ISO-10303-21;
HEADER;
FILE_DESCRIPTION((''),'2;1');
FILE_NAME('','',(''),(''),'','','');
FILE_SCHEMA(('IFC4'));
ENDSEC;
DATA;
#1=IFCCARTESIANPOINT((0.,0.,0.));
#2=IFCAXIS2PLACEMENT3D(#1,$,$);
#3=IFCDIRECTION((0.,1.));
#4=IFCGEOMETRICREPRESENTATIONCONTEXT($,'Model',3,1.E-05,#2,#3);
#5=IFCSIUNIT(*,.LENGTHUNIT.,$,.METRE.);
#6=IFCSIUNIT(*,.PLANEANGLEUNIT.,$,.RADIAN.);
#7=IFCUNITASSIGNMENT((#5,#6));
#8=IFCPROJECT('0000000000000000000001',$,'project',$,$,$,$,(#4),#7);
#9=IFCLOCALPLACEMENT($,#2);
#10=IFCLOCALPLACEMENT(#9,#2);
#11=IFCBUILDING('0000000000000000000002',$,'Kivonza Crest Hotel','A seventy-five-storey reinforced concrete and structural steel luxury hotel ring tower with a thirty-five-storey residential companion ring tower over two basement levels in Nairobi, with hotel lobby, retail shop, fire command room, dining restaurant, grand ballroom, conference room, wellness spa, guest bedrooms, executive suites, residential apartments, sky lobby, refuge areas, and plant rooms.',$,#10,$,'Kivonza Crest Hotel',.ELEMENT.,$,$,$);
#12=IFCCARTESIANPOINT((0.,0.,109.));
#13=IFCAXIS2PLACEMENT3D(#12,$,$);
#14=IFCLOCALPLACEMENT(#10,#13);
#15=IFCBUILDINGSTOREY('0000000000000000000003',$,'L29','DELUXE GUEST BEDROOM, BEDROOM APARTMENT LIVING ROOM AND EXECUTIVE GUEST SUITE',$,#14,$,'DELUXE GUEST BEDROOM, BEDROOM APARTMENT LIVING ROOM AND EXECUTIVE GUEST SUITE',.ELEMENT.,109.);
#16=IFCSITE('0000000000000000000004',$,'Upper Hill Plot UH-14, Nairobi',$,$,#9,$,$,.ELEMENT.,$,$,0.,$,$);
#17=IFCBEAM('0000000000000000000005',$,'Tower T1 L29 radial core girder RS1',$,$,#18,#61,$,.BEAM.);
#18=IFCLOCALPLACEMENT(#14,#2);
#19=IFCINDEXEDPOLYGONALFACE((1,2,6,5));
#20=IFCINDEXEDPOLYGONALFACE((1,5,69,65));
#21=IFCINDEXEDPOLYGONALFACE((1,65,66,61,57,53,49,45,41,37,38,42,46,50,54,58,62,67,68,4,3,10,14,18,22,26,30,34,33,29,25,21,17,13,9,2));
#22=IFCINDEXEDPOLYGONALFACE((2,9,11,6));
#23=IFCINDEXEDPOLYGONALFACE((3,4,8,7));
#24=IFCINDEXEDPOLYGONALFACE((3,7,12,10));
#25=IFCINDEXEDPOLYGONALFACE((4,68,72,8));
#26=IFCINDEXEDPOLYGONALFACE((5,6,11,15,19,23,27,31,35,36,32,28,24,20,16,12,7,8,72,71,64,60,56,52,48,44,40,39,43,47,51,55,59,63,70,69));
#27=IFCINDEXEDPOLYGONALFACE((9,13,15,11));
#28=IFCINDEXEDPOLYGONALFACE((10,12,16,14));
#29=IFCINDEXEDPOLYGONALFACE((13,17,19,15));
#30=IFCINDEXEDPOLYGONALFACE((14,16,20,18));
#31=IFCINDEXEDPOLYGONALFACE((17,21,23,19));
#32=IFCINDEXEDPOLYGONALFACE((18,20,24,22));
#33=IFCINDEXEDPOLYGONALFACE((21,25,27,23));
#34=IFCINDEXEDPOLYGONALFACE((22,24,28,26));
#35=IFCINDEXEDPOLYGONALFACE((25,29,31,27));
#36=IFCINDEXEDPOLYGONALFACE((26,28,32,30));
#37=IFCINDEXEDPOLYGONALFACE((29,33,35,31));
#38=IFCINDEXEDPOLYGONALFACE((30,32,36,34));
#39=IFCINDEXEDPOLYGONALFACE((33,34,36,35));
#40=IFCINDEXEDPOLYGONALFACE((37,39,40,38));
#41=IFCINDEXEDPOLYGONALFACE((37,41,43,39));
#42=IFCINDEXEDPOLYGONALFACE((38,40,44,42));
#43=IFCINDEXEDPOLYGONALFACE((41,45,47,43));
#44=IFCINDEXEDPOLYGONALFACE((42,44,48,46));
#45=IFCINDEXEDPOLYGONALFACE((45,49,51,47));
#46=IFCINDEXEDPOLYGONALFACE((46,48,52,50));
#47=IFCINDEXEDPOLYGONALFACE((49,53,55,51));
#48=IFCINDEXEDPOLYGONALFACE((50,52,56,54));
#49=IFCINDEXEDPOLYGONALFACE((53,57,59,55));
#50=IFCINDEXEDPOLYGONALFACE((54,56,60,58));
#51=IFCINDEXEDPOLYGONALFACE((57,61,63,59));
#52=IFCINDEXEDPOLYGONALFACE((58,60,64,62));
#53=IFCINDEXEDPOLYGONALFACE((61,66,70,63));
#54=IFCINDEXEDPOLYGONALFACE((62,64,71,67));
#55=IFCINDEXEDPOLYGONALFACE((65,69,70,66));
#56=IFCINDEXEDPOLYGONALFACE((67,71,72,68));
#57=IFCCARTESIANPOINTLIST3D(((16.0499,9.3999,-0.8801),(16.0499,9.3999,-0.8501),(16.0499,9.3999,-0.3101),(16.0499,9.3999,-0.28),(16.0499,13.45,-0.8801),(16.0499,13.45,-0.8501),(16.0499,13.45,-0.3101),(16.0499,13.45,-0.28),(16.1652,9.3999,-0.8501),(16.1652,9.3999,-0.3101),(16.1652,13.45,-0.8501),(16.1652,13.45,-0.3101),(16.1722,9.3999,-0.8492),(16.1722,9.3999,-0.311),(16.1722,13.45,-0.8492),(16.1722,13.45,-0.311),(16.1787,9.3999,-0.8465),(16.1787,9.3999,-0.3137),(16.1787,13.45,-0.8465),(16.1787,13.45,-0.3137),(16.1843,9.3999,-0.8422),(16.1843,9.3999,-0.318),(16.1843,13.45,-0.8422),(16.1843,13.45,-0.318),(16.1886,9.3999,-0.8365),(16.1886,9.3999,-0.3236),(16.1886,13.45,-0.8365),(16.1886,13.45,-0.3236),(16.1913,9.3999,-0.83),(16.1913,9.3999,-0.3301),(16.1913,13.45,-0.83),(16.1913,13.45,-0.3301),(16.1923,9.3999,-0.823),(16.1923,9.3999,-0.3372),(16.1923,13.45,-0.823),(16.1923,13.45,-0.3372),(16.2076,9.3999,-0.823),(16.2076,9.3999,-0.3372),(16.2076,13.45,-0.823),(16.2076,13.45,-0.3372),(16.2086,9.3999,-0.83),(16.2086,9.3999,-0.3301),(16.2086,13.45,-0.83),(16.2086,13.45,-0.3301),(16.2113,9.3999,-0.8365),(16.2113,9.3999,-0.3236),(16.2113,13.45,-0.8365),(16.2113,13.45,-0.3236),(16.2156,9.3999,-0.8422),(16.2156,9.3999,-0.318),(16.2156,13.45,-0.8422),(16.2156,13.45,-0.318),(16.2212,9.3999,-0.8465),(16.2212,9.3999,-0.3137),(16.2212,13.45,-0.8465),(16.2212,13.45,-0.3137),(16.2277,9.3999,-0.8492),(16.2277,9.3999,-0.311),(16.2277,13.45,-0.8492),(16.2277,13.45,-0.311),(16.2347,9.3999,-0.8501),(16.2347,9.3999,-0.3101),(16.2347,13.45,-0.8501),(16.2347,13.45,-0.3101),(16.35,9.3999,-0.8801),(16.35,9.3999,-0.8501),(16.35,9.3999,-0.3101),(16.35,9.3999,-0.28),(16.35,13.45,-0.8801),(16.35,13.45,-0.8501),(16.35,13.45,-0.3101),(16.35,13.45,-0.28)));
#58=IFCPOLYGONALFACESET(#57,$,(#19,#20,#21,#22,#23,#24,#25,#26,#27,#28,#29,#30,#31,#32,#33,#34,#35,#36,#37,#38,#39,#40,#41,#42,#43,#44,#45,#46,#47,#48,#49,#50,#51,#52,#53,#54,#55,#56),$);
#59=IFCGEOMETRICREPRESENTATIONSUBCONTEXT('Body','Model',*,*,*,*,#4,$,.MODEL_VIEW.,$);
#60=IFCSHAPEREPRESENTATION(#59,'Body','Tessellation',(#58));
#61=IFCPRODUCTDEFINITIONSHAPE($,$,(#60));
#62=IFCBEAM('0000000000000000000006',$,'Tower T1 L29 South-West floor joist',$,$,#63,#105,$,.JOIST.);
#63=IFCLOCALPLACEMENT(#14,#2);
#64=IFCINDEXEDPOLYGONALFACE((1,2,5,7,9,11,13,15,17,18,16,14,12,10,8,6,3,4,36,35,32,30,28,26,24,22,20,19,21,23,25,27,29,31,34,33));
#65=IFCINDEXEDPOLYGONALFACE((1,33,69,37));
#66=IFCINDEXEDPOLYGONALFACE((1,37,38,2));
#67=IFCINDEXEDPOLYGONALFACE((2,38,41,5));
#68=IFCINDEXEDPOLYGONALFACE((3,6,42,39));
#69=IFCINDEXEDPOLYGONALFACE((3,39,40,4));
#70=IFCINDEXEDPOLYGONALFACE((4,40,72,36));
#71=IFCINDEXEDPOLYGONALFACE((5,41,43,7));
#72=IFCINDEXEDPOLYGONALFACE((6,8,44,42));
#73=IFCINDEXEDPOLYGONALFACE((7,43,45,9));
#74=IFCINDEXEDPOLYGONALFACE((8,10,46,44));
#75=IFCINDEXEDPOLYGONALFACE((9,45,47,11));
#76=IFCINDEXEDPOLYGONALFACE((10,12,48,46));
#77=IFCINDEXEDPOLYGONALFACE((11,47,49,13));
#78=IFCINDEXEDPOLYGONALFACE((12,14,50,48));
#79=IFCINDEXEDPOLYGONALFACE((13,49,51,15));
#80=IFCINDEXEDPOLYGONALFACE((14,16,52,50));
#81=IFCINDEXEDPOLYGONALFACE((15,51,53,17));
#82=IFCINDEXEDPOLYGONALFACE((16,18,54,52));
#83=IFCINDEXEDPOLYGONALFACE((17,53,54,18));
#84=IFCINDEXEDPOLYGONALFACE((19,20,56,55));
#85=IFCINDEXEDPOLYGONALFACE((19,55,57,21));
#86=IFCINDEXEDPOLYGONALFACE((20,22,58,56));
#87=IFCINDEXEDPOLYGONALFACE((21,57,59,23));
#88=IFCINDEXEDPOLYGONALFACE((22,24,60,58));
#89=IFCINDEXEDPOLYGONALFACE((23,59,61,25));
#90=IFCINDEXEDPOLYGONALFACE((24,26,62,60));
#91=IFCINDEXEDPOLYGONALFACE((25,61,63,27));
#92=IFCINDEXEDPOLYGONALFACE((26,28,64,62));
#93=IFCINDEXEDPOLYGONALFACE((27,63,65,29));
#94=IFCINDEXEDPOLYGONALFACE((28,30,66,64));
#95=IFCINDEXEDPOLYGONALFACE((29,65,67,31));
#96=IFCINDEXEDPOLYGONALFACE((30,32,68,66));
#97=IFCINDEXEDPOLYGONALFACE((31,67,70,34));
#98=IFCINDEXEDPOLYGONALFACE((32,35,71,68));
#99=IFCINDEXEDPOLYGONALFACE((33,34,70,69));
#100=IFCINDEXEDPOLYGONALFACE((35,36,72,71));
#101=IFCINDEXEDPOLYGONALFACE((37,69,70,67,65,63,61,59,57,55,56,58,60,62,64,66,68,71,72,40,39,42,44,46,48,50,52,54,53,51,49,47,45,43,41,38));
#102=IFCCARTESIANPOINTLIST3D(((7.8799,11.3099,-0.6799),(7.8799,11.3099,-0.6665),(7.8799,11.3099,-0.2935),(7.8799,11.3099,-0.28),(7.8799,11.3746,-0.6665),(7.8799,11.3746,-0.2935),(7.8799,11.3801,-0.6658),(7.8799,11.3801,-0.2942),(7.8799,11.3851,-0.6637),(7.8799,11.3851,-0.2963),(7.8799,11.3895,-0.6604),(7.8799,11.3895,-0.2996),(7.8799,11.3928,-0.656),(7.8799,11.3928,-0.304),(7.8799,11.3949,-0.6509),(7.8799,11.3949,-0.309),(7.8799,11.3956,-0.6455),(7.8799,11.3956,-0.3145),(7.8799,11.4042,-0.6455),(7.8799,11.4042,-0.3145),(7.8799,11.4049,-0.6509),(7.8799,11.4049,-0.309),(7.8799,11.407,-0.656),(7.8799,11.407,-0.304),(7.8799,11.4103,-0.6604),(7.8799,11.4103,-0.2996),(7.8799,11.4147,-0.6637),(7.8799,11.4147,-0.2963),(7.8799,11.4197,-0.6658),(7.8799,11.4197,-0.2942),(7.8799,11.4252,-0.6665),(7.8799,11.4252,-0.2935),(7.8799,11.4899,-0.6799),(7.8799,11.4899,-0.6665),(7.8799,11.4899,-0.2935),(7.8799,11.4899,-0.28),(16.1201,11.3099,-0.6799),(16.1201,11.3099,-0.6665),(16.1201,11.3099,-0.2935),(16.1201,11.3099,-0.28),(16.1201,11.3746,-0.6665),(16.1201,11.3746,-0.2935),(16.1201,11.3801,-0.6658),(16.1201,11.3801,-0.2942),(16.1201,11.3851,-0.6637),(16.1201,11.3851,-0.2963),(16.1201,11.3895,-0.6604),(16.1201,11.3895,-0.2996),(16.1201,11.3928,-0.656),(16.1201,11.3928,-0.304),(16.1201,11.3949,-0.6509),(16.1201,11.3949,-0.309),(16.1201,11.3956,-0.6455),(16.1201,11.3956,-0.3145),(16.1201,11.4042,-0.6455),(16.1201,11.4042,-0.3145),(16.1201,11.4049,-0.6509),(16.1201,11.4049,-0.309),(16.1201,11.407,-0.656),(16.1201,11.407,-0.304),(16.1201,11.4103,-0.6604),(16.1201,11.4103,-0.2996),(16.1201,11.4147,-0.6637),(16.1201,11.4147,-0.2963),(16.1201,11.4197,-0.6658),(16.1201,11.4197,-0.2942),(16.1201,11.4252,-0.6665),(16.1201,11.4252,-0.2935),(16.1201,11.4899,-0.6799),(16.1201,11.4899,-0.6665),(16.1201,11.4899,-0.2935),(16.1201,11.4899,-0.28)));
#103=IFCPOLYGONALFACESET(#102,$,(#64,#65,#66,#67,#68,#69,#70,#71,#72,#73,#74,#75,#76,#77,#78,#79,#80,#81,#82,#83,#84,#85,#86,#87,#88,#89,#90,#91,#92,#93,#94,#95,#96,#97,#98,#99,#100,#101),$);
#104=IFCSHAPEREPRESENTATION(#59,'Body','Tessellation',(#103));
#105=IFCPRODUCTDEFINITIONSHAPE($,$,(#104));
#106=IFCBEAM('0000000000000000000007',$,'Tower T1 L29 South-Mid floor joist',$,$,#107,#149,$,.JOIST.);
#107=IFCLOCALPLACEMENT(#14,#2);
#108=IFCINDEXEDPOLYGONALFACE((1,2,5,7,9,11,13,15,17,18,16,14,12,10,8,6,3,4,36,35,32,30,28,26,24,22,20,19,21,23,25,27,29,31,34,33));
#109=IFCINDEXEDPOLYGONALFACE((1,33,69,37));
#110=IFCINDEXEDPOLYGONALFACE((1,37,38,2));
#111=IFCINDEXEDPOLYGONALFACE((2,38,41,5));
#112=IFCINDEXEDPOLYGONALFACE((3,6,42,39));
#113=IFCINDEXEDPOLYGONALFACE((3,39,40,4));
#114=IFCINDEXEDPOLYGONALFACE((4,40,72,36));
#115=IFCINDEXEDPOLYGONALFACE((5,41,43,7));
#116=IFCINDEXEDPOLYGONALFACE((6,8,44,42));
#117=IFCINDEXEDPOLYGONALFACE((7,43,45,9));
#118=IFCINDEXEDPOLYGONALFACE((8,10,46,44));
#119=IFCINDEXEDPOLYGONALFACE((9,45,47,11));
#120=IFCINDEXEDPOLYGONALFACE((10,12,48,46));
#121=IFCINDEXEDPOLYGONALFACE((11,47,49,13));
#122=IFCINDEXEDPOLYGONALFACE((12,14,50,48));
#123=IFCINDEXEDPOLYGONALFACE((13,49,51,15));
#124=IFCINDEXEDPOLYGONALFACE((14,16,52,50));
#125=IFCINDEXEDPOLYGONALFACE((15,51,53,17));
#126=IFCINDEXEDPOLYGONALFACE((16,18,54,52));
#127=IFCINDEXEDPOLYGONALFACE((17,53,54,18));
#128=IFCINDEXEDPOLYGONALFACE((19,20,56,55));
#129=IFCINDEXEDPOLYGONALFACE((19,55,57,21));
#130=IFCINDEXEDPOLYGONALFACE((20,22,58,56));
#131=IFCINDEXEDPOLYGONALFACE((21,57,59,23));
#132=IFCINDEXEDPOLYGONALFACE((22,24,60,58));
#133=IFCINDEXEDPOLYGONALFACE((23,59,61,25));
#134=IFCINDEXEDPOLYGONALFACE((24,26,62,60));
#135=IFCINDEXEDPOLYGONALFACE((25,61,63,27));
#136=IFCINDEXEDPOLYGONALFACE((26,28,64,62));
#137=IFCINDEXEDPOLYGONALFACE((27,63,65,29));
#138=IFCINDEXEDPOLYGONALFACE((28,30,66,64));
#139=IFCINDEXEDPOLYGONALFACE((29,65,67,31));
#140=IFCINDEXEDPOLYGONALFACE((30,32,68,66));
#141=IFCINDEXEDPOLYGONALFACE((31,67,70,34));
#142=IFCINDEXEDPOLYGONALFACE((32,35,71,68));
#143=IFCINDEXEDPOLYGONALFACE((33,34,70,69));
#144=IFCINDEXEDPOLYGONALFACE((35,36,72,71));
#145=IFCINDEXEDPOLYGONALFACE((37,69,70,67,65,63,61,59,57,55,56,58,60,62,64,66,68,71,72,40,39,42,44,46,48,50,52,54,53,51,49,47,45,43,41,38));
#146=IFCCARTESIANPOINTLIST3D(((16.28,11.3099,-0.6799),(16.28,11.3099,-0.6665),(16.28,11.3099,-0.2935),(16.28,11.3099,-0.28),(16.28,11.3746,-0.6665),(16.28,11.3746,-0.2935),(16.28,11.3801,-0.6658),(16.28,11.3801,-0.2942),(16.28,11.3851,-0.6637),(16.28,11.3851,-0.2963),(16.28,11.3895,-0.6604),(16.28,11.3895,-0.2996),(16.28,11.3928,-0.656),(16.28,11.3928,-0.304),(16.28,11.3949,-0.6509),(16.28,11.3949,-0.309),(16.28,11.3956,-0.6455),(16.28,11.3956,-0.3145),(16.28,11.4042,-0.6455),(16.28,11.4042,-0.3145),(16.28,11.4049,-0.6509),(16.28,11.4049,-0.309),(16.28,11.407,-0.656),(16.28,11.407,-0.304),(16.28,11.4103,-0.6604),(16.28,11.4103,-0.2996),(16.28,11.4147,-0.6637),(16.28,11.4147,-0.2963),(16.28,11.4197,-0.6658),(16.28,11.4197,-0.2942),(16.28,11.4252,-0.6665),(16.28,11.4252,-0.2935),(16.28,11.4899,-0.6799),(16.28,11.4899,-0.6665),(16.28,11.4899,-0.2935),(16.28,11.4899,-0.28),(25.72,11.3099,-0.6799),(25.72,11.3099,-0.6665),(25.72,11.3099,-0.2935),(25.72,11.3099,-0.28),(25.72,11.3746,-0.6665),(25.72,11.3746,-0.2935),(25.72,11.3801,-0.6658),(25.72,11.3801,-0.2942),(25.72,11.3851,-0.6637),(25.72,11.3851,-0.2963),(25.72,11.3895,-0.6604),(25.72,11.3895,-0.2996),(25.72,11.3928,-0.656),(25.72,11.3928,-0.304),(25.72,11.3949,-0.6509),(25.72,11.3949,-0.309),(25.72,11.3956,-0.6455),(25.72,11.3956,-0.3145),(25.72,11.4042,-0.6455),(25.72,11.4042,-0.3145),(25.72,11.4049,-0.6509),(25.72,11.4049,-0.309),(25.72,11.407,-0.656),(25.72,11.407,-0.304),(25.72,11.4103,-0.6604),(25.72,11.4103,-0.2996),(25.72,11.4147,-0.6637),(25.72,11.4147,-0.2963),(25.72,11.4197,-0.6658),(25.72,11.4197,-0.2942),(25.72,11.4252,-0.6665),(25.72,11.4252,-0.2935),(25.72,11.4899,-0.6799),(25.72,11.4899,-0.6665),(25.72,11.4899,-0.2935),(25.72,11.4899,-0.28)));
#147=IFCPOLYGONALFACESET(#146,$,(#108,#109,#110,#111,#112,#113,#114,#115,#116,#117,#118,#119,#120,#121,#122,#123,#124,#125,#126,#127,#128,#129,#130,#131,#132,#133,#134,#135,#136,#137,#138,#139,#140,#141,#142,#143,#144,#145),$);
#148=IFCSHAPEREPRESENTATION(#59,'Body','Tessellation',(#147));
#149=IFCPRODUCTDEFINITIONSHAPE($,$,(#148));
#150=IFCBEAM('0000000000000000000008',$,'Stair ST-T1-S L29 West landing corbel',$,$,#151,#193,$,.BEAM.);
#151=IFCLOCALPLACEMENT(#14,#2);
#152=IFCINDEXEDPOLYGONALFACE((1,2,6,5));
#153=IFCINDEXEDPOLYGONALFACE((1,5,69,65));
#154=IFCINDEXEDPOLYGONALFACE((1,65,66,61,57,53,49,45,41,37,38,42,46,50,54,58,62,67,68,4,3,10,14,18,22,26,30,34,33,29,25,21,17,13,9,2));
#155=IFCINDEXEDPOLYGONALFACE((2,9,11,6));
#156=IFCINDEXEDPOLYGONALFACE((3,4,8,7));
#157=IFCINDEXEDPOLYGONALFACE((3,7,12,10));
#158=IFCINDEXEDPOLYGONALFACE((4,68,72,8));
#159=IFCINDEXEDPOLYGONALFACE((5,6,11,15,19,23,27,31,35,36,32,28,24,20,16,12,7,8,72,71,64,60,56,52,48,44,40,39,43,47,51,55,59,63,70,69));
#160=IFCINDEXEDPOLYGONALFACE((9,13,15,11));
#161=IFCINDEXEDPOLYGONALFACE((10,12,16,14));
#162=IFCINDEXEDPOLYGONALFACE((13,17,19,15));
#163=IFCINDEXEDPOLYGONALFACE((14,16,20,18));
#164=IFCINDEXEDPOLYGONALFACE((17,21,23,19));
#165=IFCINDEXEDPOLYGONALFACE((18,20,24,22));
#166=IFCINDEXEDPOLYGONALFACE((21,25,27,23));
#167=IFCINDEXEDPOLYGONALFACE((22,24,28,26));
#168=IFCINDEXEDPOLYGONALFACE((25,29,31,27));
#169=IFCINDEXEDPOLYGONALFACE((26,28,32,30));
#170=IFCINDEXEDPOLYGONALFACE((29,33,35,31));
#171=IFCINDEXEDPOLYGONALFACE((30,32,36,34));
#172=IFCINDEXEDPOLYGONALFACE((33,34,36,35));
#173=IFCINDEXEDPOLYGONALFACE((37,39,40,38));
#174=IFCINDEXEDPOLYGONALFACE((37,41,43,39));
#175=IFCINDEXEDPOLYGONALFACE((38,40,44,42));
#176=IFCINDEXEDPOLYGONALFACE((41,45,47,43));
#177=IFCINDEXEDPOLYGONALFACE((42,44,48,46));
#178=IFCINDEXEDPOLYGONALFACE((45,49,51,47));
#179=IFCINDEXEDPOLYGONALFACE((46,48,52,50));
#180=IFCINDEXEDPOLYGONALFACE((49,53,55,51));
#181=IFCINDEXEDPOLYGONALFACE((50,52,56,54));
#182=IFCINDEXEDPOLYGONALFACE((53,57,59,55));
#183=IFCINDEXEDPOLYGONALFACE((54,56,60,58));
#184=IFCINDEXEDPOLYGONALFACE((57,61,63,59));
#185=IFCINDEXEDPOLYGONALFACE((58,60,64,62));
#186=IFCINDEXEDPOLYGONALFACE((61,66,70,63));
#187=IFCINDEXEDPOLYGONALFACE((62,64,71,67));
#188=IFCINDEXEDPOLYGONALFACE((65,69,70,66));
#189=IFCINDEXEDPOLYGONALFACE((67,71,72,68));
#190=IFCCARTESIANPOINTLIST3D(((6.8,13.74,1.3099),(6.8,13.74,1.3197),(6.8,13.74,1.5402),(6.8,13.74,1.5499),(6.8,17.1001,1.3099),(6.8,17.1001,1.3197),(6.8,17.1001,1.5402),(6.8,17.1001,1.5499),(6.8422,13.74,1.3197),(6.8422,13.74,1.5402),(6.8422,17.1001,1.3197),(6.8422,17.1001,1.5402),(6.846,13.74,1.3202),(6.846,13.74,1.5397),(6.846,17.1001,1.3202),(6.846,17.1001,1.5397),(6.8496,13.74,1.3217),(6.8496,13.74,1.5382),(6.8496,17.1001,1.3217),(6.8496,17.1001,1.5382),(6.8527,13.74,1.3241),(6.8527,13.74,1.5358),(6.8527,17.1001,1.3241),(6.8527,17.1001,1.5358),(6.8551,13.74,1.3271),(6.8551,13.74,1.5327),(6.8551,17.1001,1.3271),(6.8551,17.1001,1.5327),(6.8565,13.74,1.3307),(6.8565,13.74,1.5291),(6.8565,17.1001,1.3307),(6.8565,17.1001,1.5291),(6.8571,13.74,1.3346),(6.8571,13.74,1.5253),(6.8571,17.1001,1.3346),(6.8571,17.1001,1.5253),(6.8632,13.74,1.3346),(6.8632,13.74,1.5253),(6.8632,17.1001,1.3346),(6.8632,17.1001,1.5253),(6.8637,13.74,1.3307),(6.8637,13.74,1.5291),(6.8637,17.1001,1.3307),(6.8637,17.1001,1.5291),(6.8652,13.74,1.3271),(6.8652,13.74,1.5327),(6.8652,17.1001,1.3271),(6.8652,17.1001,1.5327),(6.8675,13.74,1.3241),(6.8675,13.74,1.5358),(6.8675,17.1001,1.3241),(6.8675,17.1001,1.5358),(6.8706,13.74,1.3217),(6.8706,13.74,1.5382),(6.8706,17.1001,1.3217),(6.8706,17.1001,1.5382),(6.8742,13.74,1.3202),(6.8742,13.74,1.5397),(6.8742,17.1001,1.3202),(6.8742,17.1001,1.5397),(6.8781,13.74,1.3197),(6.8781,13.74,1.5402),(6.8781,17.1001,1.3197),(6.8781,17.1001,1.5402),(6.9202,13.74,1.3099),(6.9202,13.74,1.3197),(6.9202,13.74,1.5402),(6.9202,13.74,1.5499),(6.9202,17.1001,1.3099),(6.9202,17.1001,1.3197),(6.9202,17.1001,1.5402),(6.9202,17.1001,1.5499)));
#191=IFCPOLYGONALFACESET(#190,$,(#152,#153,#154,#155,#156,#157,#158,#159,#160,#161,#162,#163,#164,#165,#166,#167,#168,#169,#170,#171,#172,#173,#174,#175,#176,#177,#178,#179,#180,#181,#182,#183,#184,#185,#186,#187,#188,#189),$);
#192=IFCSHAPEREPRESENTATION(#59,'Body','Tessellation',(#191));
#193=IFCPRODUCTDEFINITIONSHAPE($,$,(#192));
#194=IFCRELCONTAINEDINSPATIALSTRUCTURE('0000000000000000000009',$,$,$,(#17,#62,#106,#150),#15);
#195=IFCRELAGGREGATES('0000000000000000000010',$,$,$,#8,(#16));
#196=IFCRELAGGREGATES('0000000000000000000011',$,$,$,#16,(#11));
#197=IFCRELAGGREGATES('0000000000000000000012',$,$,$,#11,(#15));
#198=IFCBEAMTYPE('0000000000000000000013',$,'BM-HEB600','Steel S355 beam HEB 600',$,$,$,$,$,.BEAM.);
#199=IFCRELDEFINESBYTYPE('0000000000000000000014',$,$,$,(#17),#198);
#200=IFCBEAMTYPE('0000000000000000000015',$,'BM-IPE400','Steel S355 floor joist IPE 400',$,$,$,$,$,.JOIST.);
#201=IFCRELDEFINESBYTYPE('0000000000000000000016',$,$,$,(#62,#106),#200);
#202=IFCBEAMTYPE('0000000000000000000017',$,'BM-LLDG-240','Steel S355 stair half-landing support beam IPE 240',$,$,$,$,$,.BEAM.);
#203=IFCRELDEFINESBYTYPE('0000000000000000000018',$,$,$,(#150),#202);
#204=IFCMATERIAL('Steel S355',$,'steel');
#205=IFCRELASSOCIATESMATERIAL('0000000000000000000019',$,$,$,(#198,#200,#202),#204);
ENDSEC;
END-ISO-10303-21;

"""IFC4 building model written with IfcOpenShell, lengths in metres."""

from ifc_helpers import new_model, si_unit, direction, frame, origin, origin_2d, place, context, subcontext, project, spatial, i_section, extrude, material, material_profile, profile_set, type_object, element, save


model = new_model("IFC4")

# Units and contexts
model_context = context("Model", 3, precision=1e-05, world=origin(), true_north=direction((0.0, 1.0)))
body_context = subcontext(model_context, "Body", "Model", "MODEL_VIEW")
ifc_project = project(units=[si_unit("LENGTHUNIT", "METRE"), si_unit("PLANEANGLEUNIT", "RADIAN")], contexts=[model_context])

# Site, building, storey
site_placement = place(None, origin())
site = spatial("IfcSite", under=ifc_project, at=site_placement, Name="Upper Hill Plot UH-14, Nairobi", CompositionType="ELEMENT", RefElevation=0.0)
building_placement = place(site_placement, origin())
building = spatial("IfcBuilding", under=site, at=building_placement, Name="Kivonza Crest Hotel", Description="A seventy-five-storey reinforced concrete and structural steel luxury hotel ring tower with a thirty-five-storey residential companion ring tower over two basement levels in Nairobi, with hotel lobby, retail shop, fire command room, dining restaurant, grand ballroom, conference room, wellness spa, guest bedrooms, executive suites, residential apartments, sky lobby, refuge areas, and plant rooms.", LongName="Kivonza Crest Hotel", CompositionType="ELEMENT")
storey_placement = place(building_placement, frame((0.0, 0.0, 109.0)))
storey = spatial("IfcBuildingStorey", under=building, at=storey_placement, Name="L29", Description="DELUXE GUEST BEDROOM, BEDROOM APARTMENT LIVING ROOM AND EXECUTIVE GUEST SUITE", LongName="DELUXE GUEST BEDROOM, BEDROOM APARTMENT LIVING ROOM AND EXECUTIVE GUEST SUITE", CompositionType="ELEMENT", Elevation=109.0)

# Beams
ifc_material_1 = material(Name="Steel S355", Category="steel")
ifc_material_profile_1 = material_profile(ifc_material_1, i_section(OverallWidth=0.3, OverallDepth=0.6001, WebThickness=0.0154, FlangeThickness=0.03, FilletRadius=0.0271, at=origin_2d()), Name="HEB 600")
ifc_profile_set_1 = profile_set([ifc_material_profile_1], Name="Steel S355")
beam_type_1 = type_object("IfcBeamType", Name="BM-HEB600", Description="Steel S355 beam HEB 600", PredefinedType="BEAM", material=ifc_profile_set_1)
beam_1_placement = place(storey_placement, frame((16.2, 9.3999, -0.5801), z_axis=(0.0, 1.0, 0.0), x_axis=(-1.0, 0.0, 0.0)))
element("IfcBeam", 1, at=beam_1_placement, inside=storey, type_object=beam_type_1, Name="Tower T1 L29 radial core girder RS1", PredefinedType="BEAM", context=body_context, shape_type="SweptSolid", body=[
    extrude(i_section(OverallWidth=0.3, OverallDepth=0.6001, WebThickness=0.0154, FlangeThickness=0.03, FilletRadius=0.0271, at=origin_2d()), origin(), (0.0, 0.0, 1.0), 4.05),
])
ifc_material_profile_2 = material_profile(ifc_material_1, i_section(OverallWidth=0.1799, OverallDepth=0.3999, WebThickness=0.0085, FlangeThickness=0.0134, FilletRadius=0.021, at=origin_2d()), Name="IPE 400")
ifc_profile_set_2 = profile_set([ifc_material_profile_2], Name="Steel S355")
beam_type_2 = type_object("IfcBeamType", Name="BM-IPE400", Description="Steel S355 floor joist IPE 400", PredefinedType="JOIST", material=ifc_profile_set_2)
beam_2_placement = place(storey_placement, frame((7.8799, 11.3999, -0.48), z_axis=(1.0, 0.0, 0.0), x_axis=(0.0, 1.0, 0.0)))
element("IfcBeam", 2, at=beam_2_placement, inside=storey, type_object=beam_type_2, Name="Tower T1 L29 South-West floor joist", PredefinedType="JOIST", context=body_context, shape_type="SweptSolid", body=[
    extrude(i_section(OverallWidth=0.1799, OverallDepth=0.3999, WebThickness=0.0085, FlangeThickness=0.0134, FilletRadius=0.021, at=origin_2d()), origin(), (0.0, 0.0, 1.0), 8.2402),
])
beam_3_placement = place(storey_placement, frame((16.28, 11.3999, -0.48), z_axis=(1.0, 0.0, 0.0), x_axis=(0.0, 1.0, 0.0)))
element("IfcBeam", 3, at=beam_3_placement, inside=storey, type_object=beam_type_2, Name="Tower T1 L29 South-Mid floor joist", PredefinedType="JOIST", context=body_context, shape_type="SweptSolid", body=[
    extrude(i_section(OverallWidth=0.1799, OverallDepth=0.3999, WebThickness=0.0085, FlangeThickness=0.0134, FilletRadius=0.021, at=origin_2d()), origin(), (0.0, 0.0, 1.0), 9.4399),
])
ifc_material_profile_3 = material_profile(ifc_material_1, i_section(OverallWidth=0.1201, OverallDepth=0.24, WebThickness=0.0061, FlangeThickness=0.0098, FilletRadius=0.0149, at=origin_2d()), Name="IPE 240")
ifc_profile_set_3 = profile_set([ifc_material_profile_3], Name="Steel S355")
beam_type_3 = type_object("IfcBeamType", Name="BM-LLDG-240", Description="Steel S355 stair half-landing support beam IPE 240", PredefinedType="BEAM", material=ifc_profile_set_3)
beam_4_placement = place(storey_placement, frame((6.8601, 13.74, 1.4299), z_axis=(0.0, 1.0, 0.0), x_axis=(-1.0, 0.0, 0.0)))
element("IfcBeam", 4, at=beam_4_placement, inside=storey, type_object=beam_type_3, Name="Stair ST-T1-S L29 West landing corbel", PredefinedType="BEAM", context=body_context, shape_type="SweptSolid", body=[
    extrude(i_section(OverallWidth=0.1201, OverallDepth=0.24, WebThickness=0.0061, FlangeThickness=0.0098, FilletRadius=0.0149, at=origin_2d()), origin(), (0.0, 0.0, 1.0), 3.3601),
])

save(model, "model.ifc")
